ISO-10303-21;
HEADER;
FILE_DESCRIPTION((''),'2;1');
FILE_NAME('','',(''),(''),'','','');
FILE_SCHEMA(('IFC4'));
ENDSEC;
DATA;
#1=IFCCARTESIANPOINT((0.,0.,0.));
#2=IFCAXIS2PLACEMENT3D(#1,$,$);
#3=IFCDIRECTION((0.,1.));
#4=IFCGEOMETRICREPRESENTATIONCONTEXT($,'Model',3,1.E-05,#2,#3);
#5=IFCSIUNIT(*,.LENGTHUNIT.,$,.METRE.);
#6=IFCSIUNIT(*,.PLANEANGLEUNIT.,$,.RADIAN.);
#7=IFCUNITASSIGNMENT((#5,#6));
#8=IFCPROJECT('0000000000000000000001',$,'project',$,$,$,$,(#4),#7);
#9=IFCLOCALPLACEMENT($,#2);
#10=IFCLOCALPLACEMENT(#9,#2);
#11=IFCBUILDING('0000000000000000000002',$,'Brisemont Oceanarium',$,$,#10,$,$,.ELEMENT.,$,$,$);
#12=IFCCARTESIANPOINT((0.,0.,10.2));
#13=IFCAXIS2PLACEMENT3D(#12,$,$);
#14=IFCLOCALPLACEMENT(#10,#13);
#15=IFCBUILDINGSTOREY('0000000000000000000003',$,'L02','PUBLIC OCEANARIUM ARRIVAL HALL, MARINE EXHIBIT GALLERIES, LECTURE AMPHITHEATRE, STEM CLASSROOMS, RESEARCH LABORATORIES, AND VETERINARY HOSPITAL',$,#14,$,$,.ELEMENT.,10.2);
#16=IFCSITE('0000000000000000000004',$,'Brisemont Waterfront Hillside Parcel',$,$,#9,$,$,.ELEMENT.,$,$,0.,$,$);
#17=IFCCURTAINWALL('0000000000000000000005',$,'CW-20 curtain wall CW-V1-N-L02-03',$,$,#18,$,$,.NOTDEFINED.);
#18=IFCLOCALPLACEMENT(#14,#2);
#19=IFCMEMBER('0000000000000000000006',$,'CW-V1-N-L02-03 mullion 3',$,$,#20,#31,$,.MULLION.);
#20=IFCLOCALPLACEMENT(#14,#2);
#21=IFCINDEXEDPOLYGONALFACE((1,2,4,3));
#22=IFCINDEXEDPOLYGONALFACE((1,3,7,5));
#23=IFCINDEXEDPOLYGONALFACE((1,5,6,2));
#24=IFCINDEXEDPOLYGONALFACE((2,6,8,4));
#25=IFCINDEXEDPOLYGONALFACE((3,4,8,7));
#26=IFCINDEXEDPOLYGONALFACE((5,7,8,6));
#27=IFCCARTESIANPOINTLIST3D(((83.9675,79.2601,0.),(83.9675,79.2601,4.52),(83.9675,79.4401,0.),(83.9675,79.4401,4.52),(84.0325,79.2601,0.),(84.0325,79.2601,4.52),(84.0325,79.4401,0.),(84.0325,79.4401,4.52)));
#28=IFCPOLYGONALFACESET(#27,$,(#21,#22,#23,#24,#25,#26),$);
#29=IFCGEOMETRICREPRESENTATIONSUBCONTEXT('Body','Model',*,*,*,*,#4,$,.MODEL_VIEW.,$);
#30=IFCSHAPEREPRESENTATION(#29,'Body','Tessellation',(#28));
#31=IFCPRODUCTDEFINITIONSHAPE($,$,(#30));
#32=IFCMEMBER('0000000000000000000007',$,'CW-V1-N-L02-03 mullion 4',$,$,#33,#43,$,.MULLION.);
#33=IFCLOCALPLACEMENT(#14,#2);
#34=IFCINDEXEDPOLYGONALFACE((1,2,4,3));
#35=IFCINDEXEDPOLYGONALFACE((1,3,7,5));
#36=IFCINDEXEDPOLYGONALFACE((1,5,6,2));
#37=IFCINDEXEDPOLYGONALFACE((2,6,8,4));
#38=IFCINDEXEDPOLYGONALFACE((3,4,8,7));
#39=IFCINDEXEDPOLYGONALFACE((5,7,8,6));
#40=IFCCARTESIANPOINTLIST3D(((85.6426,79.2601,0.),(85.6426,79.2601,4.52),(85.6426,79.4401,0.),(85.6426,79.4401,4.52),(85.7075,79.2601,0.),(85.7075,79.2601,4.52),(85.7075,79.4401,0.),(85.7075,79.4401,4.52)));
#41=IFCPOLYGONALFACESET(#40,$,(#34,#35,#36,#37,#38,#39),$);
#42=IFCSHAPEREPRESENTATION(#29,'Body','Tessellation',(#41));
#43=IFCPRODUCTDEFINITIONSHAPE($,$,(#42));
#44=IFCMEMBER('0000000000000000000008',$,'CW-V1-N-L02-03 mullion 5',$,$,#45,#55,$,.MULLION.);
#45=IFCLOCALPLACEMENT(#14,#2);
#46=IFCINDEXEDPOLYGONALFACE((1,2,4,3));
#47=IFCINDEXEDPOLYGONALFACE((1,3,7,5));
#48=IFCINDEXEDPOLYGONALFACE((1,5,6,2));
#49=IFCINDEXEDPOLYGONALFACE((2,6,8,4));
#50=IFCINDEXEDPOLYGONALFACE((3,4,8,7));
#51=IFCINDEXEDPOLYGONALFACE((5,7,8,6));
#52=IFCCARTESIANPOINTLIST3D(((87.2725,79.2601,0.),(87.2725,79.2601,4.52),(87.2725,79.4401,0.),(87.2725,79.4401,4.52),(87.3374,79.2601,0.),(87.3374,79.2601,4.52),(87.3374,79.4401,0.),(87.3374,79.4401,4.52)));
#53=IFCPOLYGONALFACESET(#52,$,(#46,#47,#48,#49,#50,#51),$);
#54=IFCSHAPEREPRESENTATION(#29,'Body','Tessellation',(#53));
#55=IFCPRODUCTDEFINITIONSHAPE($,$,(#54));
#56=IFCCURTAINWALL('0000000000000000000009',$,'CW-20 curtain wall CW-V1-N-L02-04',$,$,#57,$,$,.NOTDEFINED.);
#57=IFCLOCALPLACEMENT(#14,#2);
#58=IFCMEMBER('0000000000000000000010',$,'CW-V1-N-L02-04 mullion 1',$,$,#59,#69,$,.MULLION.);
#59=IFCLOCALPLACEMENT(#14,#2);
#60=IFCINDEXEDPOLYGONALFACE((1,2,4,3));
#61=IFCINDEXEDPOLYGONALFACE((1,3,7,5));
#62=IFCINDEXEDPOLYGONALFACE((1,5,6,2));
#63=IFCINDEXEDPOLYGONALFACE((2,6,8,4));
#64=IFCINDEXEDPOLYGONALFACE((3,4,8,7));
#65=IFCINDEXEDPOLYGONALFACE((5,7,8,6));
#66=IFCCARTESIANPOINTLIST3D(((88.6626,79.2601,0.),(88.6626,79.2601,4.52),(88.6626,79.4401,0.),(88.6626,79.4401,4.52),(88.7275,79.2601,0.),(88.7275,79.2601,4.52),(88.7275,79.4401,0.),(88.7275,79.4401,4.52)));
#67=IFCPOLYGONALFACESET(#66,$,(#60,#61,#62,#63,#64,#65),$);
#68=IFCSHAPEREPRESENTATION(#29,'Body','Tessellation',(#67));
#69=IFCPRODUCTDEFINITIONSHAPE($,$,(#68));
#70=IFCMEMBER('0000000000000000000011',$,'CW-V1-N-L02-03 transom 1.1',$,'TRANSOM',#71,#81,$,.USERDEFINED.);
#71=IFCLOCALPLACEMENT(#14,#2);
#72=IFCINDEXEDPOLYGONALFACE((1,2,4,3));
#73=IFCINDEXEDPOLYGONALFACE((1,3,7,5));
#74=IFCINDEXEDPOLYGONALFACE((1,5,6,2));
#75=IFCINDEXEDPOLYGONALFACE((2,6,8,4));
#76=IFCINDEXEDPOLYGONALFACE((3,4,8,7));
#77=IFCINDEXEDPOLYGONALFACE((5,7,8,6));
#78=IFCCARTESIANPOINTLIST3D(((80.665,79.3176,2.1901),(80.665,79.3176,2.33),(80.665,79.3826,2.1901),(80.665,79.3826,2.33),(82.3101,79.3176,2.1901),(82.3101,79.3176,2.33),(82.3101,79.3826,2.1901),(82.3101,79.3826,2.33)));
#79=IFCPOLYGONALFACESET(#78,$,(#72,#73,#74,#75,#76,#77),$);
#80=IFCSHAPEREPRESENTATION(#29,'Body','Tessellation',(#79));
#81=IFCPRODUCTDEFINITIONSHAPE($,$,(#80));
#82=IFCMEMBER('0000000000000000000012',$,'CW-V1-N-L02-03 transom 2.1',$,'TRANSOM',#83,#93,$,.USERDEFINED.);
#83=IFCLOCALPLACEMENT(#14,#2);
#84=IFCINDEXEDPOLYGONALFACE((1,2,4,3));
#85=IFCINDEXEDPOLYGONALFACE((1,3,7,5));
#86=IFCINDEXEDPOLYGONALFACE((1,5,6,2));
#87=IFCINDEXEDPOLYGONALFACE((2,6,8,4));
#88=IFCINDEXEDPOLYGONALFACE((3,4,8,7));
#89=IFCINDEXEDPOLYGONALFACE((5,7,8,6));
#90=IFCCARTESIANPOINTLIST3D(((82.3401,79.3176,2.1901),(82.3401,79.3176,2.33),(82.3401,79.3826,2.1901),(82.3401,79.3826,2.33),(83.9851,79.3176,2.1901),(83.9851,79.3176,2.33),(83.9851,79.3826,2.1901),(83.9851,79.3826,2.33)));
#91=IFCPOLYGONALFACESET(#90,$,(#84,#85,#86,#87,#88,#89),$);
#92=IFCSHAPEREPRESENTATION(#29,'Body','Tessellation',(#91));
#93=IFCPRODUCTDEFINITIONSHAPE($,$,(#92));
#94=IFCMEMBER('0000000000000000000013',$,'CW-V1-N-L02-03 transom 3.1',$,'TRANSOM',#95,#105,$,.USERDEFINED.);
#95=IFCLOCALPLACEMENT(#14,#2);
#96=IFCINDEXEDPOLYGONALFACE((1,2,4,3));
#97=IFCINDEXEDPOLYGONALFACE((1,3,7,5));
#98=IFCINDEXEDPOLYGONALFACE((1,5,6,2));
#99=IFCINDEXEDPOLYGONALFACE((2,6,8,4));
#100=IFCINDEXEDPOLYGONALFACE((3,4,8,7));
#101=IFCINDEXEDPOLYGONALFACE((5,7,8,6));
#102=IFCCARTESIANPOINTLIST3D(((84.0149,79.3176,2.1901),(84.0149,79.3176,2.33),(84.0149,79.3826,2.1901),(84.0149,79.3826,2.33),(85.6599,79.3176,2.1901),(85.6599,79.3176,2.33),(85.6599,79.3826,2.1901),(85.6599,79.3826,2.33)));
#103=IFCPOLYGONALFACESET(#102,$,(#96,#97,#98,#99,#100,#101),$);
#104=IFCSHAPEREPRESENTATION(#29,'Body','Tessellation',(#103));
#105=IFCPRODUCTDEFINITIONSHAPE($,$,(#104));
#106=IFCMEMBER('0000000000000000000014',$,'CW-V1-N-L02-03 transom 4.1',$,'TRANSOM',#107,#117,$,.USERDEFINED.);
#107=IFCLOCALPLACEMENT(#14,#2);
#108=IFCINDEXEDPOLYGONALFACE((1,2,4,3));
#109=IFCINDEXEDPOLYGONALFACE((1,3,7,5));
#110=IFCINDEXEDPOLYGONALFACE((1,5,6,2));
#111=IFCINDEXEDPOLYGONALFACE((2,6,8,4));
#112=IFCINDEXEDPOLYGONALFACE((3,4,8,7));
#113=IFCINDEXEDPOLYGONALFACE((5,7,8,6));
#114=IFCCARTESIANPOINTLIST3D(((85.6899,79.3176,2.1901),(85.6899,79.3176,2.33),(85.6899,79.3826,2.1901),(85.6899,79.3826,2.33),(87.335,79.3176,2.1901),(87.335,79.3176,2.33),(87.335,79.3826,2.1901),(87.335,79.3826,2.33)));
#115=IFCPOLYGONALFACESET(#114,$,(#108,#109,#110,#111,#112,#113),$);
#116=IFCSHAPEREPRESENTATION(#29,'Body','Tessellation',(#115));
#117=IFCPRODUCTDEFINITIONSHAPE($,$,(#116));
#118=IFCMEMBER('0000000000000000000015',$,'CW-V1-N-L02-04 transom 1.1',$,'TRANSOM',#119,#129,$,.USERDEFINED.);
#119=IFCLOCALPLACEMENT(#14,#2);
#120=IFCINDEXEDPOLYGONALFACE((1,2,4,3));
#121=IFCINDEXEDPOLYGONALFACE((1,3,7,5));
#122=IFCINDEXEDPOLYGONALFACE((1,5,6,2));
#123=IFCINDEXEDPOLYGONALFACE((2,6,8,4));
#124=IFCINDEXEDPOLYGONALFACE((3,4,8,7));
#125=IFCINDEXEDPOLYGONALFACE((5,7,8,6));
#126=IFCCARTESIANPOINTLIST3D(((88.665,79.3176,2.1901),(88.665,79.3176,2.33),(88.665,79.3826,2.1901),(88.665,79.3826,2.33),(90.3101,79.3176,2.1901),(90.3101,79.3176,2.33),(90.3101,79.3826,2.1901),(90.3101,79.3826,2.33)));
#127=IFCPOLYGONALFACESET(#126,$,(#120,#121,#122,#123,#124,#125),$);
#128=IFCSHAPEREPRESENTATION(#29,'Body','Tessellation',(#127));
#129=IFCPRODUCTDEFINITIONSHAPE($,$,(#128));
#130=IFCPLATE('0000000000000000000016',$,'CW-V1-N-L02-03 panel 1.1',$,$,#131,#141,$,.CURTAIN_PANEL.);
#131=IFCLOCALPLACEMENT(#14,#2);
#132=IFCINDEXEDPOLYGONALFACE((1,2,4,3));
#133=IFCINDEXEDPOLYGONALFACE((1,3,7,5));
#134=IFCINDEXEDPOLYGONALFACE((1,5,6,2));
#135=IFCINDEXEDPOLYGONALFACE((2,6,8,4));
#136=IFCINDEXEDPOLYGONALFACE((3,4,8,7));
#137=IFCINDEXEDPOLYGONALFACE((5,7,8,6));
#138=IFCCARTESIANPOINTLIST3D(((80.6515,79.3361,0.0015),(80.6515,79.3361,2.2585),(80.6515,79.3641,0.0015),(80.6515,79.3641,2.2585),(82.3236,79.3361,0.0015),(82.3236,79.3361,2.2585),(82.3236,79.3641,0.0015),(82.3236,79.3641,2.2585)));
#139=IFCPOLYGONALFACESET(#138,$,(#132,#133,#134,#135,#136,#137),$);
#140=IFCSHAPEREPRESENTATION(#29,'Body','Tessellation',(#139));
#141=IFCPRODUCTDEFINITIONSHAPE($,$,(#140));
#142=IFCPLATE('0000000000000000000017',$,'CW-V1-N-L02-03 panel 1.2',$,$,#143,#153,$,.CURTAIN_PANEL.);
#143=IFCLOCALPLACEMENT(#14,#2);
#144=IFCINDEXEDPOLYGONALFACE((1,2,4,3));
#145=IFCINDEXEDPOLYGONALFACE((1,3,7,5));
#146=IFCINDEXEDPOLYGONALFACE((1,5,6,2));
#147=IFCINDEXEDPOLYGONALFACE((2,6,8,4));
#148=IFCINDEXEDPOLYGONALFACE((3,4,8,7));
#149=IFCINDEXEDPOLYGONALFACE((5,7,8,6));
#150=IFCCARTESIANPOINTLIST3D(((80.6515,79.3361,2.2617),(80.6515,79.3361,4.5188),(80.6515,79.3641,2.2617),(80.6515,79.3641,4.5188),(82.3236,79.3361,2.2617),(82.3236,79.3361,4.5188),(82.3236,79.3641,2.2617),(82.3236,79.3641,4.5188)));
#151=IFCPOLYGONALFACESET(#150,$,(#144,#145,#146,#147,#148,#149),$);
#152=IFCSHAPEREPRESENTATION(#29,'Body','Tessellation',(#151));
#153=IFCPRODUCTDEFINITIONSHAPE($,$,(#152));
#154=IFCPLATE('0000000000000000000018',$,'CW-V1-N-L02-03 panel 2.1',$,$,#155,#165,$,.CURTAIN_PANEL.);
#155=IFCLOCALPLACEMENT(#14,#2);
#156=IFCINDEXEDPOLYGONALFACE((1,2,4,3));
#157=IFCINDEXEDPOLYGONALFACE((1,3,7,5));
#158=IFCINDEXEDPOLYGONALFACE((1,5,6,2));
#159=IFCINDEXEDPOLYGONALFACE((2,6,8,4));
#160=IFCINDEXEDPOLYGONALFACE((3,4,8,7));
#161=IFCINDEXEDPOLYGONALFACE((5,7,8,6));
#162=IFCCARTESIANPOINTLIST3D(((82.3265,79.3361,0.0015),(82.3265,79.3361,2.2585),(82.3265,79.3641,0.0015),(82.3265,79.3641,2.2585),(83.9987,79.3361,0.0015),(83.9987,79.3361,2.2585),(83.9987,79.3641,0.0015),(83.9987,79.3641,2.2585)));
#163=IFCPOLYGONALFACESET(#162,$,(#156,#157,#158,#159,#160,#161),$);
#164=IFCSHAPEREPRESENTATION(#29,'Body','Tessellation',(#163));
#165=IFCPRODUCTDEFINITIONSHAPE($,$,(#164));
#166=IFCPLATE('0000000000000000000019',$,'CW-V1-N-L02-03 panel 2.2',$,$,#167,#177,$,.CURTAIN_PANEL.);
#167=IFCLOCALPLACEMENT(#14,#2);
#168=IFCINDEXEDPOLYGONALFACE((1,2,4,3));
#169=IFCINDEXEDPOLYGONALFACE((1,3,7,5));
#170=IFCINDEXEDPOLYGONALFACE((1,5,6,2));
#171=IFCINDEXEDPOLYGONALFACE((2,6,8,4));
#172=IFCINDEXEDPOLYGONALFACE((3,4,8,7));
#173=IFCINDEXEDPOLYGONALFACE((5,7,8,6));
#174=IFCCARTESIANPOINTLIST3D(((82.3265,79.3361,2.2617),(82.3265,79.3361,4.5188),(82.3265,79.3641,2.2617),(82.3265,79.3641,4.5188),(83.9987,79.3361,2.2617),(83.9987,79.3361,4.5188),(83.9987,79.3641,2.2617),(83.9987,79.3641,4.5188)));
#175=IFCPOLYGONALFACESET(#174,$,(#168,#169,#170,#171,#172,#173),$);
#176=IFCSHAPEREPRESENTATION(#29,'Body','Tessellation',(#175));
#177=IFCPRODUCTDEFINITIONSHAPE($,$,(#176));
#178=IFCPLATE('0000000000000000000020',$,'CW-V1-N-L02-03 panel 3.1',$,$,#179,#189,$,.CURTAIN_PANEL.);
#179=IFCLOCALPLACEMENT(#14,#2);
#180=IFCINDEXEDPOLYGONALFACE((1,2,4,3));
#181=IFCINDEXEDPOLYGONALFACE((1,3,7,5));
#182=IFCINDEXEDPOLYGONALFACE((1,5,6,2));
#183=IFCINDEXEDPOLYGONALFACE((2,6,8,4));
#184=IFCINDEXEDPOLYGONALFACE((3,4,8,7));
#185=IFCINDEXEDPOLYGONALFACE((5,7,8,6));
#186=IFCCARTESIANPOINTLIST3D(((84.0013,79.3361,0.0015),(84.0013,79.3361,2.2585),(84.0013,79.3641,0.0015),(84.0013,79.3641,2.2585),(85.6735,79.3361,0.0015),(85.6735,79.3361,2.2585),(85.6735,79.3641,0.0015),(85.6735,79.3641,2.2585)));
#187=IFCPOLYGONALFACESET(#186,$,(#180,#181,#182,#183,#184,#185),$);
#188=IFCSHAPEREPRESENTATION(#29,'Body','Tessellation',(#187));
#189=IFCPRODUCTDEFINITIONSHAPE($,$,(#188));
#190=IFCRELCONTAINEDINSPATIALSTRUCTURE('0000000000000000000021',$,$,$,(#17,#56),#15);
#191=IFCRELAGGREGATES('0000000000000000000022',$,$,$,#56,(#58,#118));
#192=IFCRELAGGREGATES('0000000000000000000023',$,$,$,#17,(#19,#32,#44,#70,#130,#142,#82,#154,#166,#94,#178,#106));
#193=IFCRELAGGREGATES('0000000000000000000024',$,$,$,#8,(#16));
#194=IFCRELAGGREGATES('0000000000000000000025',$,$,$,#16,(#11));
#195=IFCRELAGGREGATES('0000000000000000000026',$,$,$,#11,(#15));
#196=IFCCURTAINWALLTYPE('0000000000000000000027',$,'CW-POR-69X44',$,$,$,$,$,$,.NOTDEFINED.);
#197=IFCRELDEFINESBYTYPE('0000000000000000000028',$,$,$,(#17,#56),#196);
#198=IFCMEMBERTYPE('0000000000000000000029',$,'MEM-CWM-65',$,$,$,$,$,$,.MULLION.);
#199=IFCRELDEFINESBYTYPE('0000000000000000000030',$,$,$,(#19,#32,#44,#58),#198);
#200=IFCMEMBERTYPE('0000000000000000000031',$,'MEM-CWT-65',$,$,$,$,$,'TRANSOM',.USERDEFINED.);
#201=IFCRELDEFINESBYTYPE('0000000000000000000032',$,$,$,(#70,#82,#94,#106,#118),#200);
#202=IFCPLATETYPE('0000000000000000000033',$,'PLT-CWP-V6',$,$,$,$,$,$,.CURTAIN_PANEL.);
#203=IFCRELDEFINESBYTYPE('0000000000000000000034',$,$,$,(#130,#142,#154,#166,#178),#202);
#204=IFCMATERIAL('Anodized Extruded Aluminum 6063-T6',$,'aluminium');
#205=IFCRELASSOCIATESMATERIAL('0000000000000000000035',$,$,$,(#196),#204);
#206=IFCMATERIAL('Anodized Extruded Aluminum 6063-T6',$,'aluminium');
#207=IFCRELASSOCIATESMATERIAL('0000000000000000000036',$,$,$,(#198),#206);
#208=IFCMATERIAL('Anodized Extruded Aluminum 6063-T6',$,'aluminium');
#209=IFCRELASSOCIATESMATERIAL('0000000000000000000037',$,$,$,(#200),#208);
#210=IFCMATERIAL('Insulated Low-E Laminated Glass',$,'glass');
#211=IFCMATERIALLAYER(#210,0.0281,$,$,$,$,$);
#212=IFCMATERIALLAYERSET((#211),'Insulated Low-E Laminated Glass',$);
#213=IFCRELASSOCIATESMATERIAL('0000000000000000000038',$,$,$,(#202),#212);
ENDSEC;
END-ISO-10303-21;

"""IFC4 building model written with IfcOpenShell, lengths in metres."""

from ifc_helpers import new_model, si_unit, direction, frame, origin, origin_2d, place, context, subcontext, project, spatial, rectangle, extrude, material, layer, layer_set, material_profile, profile_set, type_object, element, aggregate, save


model = new_model("IFC4")

# Units and contexts
model_context = context("Model", 3, precision=1e-05, world=origin(), true_north=direction((0.0, 1.0)))
body_context = subcontext(model_context, "Body", "Model", "MODEL_VIEW")
ifc_project = project(units=[si_unit("LENGTHUNIT", "METRE"), si_unit("PLANEANGLEUNIT", "RADIAN")], contexts=[model_context])

# Site, building, storey
site_placement = place(None, origin())
site = spatial("IfcSite", under=ifc_project, at=site_placement, Name="Brisemont Waterfront Hillside Parcel", CompositionType="ELEMENT", RefElevation=0.0)
building_placement = place(site_placement, origin())
building = spatial("IfcBuilding", under=site, at=building_placement, Name="Brisemont Oceanarium", CompositionType="ELEMENT")
storey_placement = place(building_placement, frame((0.0, 0.0, 10.2)))
storey = spatial("IfcBuildingStorey", under=building, at=storey_placement, Name="L02", Description="PUBLIC OCEANARIUM ARRIVAL HALL, MARINE EXHIBIT GALLERIES, LECTURE AMPHITHEATRE, STEM CLASSROOMS, RESEARCH LABORATORIES, AND VETERINARY HOSPITAL", CompositionType="ELEMENT", Elevation=10.2)

# Curtain wall, members
ifc_material_1 = material(Name="Anodized Extruded Aluminum 6063-T6", Category="aluminium")
curtain_wall_type = type_object("IfcCurtainWallType", Name="CW-POR-69X44", PredefinedType="NOTDEFINED", material=ifc_material_1)
curtain_wall_1_placement = place(storey_placement, origin())
curtain_wall_1 = element("IfcCurtainWall", 1, at=curtain_wall_1_placement, inside=storey, type_object=curtain_wall_type, Name="CW-20 curtain wall CW-V1-N-L02-03", PredefinedType="NOTDEFINED")
ifc_material_2 = material(Name="Anodized Extruded Aluminum 6063-T6", Category="aluminium")
ifc_material_profile_1 = material_profile(ifc_material_2, rectangle(XDim=0.0649, YDim=0.1799, at=origin_2d()), Name="CWM-65X180")
ifc_profile_set_1 = profile_set([ifc_material_profile_1], Name="Anodized Extruded Aluminum 6063-T6")
member_type_1 = type_object("IfcMemberType", Name="MEM-CWM-65", PredefinedType="MULLION", material=ifc_profile_set_1)
member_1_placement = place(storey_placement, frame((84.0, 79.3501, 0.0), z_axis=(0.0, 0.0, 1.0), x_axis=(1.0, 0.0, 0.0)))
member_1 = element("IfcMember", 2, at=member_1_placement, type_object=member_type_1, Name="CW-V1-N-L02-03 mullion 3", PredefinedType="MULLION", context=body_context, shape_type="SweptSolid", body=[
    extrude(rectangle(XDim=0.0649, YDim=0.1799, at=origin_2d()), origin(), (0.0, 0.0, 1.0), 4.52),
])
member_2_placement = place(storey_placement, frame((85.675, 79.3501, 0.0), z_axis=(0.0, 0.0, 1.0), x_axis=(1.0, 0.0, 0.0)))
member_2 = element("IfcMember", 3, at=member_2_placement, type_object=member_type_1, Name="CW-V1-N-L02-03 mullion 4", PredefinedType="MULLION", context=body_context, shape_type="SweptSolid", body=[
    extrude(rectangle(XDim=0.0649, YDim=0.1799, at=origin_2d()), origin(), (0.0, 0.0, 1.0), 4.52),
])
member_3_placement = place(storey_placement, frame((87.3049, 79.3501, 0.0), z_axis=(0.0, 0.0, 1.0), x_axis=(1.0, 0.0, 0.0)))
member_3 = element("IfcMember", 4, at=member_3_placement, type_object=member_type_1, Name="CW-V1-N-L02-03 mullion 5", PredefinedType="MULLION", context=body_context, shape_type="SweptSolid", body=[
    extrude(rectangle(XDim=0.0649, YDim=0.1799, at=origin_2d()), origin(), (0.0, 0.0, 1.0), 4.52),
])

# Curtain wall, member
curtain_wall_2_placement = place(storey_placement, origin())
curtain_wall_2 = element("IfcCurtainWall", 5, at=curtain_wall_2_placement, inside=storey, type_object=curtain_wall_type, Name="CW-20 curtain wall CW-V1-N-L02-04", PredefinedType="NOTDEFINED")
member_4_placement = place(storey_placement, frame((88.6951, 79.3501, 0.0), z_axis=(0.0, 0.0, 1.0), x_axis=(1.0, 0.0, 0.0)))
member_4 = element("IfcMember", 6, at=member_4_placement, type_object=member_type_1, Name="CW-V1-N-L02-04 mullion 1", PredefinedType="MULLION", context=body_context, shape_type="SweptSolid", body=[
    extrude(rectangle(XDim=0.0649, YDim=0.1799, at=origin_2d()), origin(), (0.0, 0.0, 1.0), 4.52),
])

# Members
ifc_material_3 = material(Name="Anodized Extruded Aluminum 6063-T6", Category="aluminium")
ifc_material_profile_2 = material_profile(ifc_material_3, rectangle(XDim=0.0649, YDim=0.1399, at=origin_2d()), Name="CWT-65X140")
ifc_profile_set_2 = profile_set([ifc_material_profile_2], Name="Anodized Extruded Aluminum 6063-T6")
member_type_2 = type_object("IfcMemberType", Name="MEM-CWT-65", ElementType="TRANSOM", PredefinedType="USERDEFINED", material=ifc_profile_set_2)
member_5_placement = place(storey_placement, frame((80.665, 79.3501, 2.26), z_axis=(1.0, 0.0, 0.0), x_axis=(0.0, 1.0, 0.0)))
member_5 = element("IfcMember", 7, at=member_5_placement, type_object=member_type_2, Name="CW-V1-N-L02-03 transom 1.1", ObjectType="TRANSOM", PredefinedType="USERDEFINED", context=body_context, shape_type="SweptSolid", body=[
    extrude(rectangle(XDim=0.0649, YDim=0.1399, at=origin_2d()), origin(), (0.0, 0.0, 1.0), 1.645),
])
member_6_placement = place(storey_placement, frame((82.3401, 79.3501, 2.26), z_axis=(1.0, 0.0, 0.0), x_axis=(0.0, 1.0, 0.0)))
member_6 = element("IfcMember", 8, at=member_6_placement, type_object=member_type_2, Name="CW-V1-N-L02-03 transom 2.1", ObjectType="TRANSOM", PredefinedType="USERDEFINED", context=body_context, shape_type="SweptSolid", body=[
    extrude(rectangle(XDim=0.0649, YDim=0.1399, at=origin_2d()), origin(), (0.0, 0.0, 1.0), 1.645),
])
member_7_placement = place(storey_placement, frame((84.0149, 79.3501, 2.26), z_axis=(1.0, 0.0, 0.0), x_axis=(0.0, 1.0, 0.0)))
member_7 = element("IfcMember", 9, at=member_7_placement, type_object=member_type_2, Name="CW-V1-N-L02-03 transom 3.1", ObjectType="TRANSOM", PredefinedType="USERDEFINED", context=body_context, shape_type="SweptSolid", body=[
    extrude(rectangle(XDim=0.0649, YDim=0.1399, at=origin_2d()), origin(), (0.0, 0.0, 1.0), 1.645),
])
member_8_placement = place(storey_placement, frame((85.6899, 79.3501, 2.26), z_axis=(1.0, 0.0, 0.0), x_axis=(0.0, 1.0, 0.0)))
member_8 = element("IfcMember", 10, at=member_8_placement, type_object=member_type_2, Name="CW-V1-N-L02-03 transom 4.1", ObjectType="TRANSOM", PredefinedType="USERDEFINED", context=body_context, shape_type="SweptSolid", body=[
    extrude(rectangle(XDim=0.0649, YDim=0.1399, at=origin_2d()), origin(), (0.0, 0.0, 1.0), 1.645),
])
member_9_placement = place(storey_placement, frame((88.665, 79.3501, 2.26), z_axis=(1.0, 0.0, 0.0), x_axis=(0.0, 1.0, 0.0)))
member_9 = element("IfcMember", 11, at=member_9_placement, type_object=member_type_2, Name="CW-V1-N-L02-04 transom 1.1", ObjectType="TRANSOM", PredefinedType="USERDEFINED", context=body_context, shape_type="SweptSolid", body=[
    extrude(rectangle(XDim=0.0649, YDim=0.1399, at=origin_2d()), origin(), (0.0, 0.0, 1.0), 1.645),
])
aggregate(curtain_wall_2, [member_4, member_9])

# Plates
ifc_material_4 = material(Name="Insulated Low-E Laminated Glass", Category="glass")
ifc_layer = layer(ifc_material_4, 0.0281)
ifc_layer_set = layer_set([ifc_layer], Name="Insulated Low-E Laminated Glass")
plate_type = type_object("IfcPlateType", Name="PLT-CWP-V6", PredefinedType="CURTAIN_PANEL", material=ifc_layer_set)
plate_1_placement = place(storey_placement, frame((81.4875, 79.3501, 0.0015), z_axis=(0.0, 0.0, 1.0), x_axis=(1.0, 0.0, 0.0)))
plate_1 = element("IfcPlate", 12, at=plate_1_placement, type_object=plate_type, Name="CW-V1-N-L02-03 panel 1.1", PredefinedType="CURTAIN_PANEL", context=body_context, shape_type="SweptSolid", body=[
    extrude(rectangle(XDim=1.6721, YDim=0.0281, at=origin_2d()), origin(), (0.0, 0.0, 1.0), 2.2571),
])
plate_2_placement = place(storey_placement, frame((81.4875, 79.3501, 2.2617), z_axis=(0.0, 0.0, 1.0), x_axis=(1.0, 0.0, 0.0)))
plate_2 = element("IfcPlate", 13, at=plate_2_placement, type_object=plate_type, Name="CW-V1-N-L02-03 panel 1.2", PredefinedType="CURTAIN_PANEL", context=body_context, shape_type="SweptSolid", body=[
    extrude(rectangle(XDim=1.6721, YDim=0.0281, at=origin_2d()), origin(), (0.0, 0.0, 1.0), 2.2571),
])
plate_3_placement = place(storey_placement, frame((83.1626, 79.3501, 0.0015), z_axis=(0.0, 0.0, 1.0), x_axis=(1.0, 0.0, 0.0)))
plate_3 = element("IfcPlate", 14, at=plate_3_placement, type_object=plate_type, Name="CW-V1-N-L02-03 panel 2.1", PredefinedType="CURTAIN_PANEL", context=body_context, shape_type="SweptSolid", body=[
    extrude(rectangle(XDim=1.6721, YDim=0.0281, at=origin_2d()), origin(), (0.0, 0.0, 1.0), 2.2571),
])
plate_4_placement = place(storey_placement, frame((83.1626, 79.3501, 2.2617), z_axis=(0.0, 0.0, 1.0), x_axis=(1.0, 0.0, 0.0)))
plate_4 = element("IfcPlate", 15, at=plate_4_placement, type_object=plate_type, Name="CW-V1-N-L02-03 panel 2.2", PredefinedType="CURTAIN_PANEL", context=body_context, shape_type="SweptSolid", body=[
    extrude(rectangle(XDim=1.6721, YDim=0.0281, at=origin_2d()), origin(), (0.0, 0.0, 1.0), 2.2571),
])
plate_5_placement = place(storey_placement, frame((84.8374, 79.3501, 0.0015), z_axis=(0.0, 0.0, 1.0), x_axis=(1.0, 0.0, 0.0)))
plate_5 = element("IfcPlate", 16, at=plate_5_placement, type_object=plate_type, Name="CW-V1-N-L02-03 panel 3.1", PredefinedType="CURTAIN_PANEL", context=body_context, shape_type="SweptSolid", body=[
    extrude(rectangle(XDim=1.6721, YDim=0.0281, at=origin_2d()), origin(), (0.0, 0.0, 1.0), 2.2571),
])
aggregate(curtain_wall_1, [member_1, member_2, member_3, member_5, plate_1, plate_2, member_6, plate_3, plate_4, member_7, plate_5, member_8])

save(model, "model.ifc")
